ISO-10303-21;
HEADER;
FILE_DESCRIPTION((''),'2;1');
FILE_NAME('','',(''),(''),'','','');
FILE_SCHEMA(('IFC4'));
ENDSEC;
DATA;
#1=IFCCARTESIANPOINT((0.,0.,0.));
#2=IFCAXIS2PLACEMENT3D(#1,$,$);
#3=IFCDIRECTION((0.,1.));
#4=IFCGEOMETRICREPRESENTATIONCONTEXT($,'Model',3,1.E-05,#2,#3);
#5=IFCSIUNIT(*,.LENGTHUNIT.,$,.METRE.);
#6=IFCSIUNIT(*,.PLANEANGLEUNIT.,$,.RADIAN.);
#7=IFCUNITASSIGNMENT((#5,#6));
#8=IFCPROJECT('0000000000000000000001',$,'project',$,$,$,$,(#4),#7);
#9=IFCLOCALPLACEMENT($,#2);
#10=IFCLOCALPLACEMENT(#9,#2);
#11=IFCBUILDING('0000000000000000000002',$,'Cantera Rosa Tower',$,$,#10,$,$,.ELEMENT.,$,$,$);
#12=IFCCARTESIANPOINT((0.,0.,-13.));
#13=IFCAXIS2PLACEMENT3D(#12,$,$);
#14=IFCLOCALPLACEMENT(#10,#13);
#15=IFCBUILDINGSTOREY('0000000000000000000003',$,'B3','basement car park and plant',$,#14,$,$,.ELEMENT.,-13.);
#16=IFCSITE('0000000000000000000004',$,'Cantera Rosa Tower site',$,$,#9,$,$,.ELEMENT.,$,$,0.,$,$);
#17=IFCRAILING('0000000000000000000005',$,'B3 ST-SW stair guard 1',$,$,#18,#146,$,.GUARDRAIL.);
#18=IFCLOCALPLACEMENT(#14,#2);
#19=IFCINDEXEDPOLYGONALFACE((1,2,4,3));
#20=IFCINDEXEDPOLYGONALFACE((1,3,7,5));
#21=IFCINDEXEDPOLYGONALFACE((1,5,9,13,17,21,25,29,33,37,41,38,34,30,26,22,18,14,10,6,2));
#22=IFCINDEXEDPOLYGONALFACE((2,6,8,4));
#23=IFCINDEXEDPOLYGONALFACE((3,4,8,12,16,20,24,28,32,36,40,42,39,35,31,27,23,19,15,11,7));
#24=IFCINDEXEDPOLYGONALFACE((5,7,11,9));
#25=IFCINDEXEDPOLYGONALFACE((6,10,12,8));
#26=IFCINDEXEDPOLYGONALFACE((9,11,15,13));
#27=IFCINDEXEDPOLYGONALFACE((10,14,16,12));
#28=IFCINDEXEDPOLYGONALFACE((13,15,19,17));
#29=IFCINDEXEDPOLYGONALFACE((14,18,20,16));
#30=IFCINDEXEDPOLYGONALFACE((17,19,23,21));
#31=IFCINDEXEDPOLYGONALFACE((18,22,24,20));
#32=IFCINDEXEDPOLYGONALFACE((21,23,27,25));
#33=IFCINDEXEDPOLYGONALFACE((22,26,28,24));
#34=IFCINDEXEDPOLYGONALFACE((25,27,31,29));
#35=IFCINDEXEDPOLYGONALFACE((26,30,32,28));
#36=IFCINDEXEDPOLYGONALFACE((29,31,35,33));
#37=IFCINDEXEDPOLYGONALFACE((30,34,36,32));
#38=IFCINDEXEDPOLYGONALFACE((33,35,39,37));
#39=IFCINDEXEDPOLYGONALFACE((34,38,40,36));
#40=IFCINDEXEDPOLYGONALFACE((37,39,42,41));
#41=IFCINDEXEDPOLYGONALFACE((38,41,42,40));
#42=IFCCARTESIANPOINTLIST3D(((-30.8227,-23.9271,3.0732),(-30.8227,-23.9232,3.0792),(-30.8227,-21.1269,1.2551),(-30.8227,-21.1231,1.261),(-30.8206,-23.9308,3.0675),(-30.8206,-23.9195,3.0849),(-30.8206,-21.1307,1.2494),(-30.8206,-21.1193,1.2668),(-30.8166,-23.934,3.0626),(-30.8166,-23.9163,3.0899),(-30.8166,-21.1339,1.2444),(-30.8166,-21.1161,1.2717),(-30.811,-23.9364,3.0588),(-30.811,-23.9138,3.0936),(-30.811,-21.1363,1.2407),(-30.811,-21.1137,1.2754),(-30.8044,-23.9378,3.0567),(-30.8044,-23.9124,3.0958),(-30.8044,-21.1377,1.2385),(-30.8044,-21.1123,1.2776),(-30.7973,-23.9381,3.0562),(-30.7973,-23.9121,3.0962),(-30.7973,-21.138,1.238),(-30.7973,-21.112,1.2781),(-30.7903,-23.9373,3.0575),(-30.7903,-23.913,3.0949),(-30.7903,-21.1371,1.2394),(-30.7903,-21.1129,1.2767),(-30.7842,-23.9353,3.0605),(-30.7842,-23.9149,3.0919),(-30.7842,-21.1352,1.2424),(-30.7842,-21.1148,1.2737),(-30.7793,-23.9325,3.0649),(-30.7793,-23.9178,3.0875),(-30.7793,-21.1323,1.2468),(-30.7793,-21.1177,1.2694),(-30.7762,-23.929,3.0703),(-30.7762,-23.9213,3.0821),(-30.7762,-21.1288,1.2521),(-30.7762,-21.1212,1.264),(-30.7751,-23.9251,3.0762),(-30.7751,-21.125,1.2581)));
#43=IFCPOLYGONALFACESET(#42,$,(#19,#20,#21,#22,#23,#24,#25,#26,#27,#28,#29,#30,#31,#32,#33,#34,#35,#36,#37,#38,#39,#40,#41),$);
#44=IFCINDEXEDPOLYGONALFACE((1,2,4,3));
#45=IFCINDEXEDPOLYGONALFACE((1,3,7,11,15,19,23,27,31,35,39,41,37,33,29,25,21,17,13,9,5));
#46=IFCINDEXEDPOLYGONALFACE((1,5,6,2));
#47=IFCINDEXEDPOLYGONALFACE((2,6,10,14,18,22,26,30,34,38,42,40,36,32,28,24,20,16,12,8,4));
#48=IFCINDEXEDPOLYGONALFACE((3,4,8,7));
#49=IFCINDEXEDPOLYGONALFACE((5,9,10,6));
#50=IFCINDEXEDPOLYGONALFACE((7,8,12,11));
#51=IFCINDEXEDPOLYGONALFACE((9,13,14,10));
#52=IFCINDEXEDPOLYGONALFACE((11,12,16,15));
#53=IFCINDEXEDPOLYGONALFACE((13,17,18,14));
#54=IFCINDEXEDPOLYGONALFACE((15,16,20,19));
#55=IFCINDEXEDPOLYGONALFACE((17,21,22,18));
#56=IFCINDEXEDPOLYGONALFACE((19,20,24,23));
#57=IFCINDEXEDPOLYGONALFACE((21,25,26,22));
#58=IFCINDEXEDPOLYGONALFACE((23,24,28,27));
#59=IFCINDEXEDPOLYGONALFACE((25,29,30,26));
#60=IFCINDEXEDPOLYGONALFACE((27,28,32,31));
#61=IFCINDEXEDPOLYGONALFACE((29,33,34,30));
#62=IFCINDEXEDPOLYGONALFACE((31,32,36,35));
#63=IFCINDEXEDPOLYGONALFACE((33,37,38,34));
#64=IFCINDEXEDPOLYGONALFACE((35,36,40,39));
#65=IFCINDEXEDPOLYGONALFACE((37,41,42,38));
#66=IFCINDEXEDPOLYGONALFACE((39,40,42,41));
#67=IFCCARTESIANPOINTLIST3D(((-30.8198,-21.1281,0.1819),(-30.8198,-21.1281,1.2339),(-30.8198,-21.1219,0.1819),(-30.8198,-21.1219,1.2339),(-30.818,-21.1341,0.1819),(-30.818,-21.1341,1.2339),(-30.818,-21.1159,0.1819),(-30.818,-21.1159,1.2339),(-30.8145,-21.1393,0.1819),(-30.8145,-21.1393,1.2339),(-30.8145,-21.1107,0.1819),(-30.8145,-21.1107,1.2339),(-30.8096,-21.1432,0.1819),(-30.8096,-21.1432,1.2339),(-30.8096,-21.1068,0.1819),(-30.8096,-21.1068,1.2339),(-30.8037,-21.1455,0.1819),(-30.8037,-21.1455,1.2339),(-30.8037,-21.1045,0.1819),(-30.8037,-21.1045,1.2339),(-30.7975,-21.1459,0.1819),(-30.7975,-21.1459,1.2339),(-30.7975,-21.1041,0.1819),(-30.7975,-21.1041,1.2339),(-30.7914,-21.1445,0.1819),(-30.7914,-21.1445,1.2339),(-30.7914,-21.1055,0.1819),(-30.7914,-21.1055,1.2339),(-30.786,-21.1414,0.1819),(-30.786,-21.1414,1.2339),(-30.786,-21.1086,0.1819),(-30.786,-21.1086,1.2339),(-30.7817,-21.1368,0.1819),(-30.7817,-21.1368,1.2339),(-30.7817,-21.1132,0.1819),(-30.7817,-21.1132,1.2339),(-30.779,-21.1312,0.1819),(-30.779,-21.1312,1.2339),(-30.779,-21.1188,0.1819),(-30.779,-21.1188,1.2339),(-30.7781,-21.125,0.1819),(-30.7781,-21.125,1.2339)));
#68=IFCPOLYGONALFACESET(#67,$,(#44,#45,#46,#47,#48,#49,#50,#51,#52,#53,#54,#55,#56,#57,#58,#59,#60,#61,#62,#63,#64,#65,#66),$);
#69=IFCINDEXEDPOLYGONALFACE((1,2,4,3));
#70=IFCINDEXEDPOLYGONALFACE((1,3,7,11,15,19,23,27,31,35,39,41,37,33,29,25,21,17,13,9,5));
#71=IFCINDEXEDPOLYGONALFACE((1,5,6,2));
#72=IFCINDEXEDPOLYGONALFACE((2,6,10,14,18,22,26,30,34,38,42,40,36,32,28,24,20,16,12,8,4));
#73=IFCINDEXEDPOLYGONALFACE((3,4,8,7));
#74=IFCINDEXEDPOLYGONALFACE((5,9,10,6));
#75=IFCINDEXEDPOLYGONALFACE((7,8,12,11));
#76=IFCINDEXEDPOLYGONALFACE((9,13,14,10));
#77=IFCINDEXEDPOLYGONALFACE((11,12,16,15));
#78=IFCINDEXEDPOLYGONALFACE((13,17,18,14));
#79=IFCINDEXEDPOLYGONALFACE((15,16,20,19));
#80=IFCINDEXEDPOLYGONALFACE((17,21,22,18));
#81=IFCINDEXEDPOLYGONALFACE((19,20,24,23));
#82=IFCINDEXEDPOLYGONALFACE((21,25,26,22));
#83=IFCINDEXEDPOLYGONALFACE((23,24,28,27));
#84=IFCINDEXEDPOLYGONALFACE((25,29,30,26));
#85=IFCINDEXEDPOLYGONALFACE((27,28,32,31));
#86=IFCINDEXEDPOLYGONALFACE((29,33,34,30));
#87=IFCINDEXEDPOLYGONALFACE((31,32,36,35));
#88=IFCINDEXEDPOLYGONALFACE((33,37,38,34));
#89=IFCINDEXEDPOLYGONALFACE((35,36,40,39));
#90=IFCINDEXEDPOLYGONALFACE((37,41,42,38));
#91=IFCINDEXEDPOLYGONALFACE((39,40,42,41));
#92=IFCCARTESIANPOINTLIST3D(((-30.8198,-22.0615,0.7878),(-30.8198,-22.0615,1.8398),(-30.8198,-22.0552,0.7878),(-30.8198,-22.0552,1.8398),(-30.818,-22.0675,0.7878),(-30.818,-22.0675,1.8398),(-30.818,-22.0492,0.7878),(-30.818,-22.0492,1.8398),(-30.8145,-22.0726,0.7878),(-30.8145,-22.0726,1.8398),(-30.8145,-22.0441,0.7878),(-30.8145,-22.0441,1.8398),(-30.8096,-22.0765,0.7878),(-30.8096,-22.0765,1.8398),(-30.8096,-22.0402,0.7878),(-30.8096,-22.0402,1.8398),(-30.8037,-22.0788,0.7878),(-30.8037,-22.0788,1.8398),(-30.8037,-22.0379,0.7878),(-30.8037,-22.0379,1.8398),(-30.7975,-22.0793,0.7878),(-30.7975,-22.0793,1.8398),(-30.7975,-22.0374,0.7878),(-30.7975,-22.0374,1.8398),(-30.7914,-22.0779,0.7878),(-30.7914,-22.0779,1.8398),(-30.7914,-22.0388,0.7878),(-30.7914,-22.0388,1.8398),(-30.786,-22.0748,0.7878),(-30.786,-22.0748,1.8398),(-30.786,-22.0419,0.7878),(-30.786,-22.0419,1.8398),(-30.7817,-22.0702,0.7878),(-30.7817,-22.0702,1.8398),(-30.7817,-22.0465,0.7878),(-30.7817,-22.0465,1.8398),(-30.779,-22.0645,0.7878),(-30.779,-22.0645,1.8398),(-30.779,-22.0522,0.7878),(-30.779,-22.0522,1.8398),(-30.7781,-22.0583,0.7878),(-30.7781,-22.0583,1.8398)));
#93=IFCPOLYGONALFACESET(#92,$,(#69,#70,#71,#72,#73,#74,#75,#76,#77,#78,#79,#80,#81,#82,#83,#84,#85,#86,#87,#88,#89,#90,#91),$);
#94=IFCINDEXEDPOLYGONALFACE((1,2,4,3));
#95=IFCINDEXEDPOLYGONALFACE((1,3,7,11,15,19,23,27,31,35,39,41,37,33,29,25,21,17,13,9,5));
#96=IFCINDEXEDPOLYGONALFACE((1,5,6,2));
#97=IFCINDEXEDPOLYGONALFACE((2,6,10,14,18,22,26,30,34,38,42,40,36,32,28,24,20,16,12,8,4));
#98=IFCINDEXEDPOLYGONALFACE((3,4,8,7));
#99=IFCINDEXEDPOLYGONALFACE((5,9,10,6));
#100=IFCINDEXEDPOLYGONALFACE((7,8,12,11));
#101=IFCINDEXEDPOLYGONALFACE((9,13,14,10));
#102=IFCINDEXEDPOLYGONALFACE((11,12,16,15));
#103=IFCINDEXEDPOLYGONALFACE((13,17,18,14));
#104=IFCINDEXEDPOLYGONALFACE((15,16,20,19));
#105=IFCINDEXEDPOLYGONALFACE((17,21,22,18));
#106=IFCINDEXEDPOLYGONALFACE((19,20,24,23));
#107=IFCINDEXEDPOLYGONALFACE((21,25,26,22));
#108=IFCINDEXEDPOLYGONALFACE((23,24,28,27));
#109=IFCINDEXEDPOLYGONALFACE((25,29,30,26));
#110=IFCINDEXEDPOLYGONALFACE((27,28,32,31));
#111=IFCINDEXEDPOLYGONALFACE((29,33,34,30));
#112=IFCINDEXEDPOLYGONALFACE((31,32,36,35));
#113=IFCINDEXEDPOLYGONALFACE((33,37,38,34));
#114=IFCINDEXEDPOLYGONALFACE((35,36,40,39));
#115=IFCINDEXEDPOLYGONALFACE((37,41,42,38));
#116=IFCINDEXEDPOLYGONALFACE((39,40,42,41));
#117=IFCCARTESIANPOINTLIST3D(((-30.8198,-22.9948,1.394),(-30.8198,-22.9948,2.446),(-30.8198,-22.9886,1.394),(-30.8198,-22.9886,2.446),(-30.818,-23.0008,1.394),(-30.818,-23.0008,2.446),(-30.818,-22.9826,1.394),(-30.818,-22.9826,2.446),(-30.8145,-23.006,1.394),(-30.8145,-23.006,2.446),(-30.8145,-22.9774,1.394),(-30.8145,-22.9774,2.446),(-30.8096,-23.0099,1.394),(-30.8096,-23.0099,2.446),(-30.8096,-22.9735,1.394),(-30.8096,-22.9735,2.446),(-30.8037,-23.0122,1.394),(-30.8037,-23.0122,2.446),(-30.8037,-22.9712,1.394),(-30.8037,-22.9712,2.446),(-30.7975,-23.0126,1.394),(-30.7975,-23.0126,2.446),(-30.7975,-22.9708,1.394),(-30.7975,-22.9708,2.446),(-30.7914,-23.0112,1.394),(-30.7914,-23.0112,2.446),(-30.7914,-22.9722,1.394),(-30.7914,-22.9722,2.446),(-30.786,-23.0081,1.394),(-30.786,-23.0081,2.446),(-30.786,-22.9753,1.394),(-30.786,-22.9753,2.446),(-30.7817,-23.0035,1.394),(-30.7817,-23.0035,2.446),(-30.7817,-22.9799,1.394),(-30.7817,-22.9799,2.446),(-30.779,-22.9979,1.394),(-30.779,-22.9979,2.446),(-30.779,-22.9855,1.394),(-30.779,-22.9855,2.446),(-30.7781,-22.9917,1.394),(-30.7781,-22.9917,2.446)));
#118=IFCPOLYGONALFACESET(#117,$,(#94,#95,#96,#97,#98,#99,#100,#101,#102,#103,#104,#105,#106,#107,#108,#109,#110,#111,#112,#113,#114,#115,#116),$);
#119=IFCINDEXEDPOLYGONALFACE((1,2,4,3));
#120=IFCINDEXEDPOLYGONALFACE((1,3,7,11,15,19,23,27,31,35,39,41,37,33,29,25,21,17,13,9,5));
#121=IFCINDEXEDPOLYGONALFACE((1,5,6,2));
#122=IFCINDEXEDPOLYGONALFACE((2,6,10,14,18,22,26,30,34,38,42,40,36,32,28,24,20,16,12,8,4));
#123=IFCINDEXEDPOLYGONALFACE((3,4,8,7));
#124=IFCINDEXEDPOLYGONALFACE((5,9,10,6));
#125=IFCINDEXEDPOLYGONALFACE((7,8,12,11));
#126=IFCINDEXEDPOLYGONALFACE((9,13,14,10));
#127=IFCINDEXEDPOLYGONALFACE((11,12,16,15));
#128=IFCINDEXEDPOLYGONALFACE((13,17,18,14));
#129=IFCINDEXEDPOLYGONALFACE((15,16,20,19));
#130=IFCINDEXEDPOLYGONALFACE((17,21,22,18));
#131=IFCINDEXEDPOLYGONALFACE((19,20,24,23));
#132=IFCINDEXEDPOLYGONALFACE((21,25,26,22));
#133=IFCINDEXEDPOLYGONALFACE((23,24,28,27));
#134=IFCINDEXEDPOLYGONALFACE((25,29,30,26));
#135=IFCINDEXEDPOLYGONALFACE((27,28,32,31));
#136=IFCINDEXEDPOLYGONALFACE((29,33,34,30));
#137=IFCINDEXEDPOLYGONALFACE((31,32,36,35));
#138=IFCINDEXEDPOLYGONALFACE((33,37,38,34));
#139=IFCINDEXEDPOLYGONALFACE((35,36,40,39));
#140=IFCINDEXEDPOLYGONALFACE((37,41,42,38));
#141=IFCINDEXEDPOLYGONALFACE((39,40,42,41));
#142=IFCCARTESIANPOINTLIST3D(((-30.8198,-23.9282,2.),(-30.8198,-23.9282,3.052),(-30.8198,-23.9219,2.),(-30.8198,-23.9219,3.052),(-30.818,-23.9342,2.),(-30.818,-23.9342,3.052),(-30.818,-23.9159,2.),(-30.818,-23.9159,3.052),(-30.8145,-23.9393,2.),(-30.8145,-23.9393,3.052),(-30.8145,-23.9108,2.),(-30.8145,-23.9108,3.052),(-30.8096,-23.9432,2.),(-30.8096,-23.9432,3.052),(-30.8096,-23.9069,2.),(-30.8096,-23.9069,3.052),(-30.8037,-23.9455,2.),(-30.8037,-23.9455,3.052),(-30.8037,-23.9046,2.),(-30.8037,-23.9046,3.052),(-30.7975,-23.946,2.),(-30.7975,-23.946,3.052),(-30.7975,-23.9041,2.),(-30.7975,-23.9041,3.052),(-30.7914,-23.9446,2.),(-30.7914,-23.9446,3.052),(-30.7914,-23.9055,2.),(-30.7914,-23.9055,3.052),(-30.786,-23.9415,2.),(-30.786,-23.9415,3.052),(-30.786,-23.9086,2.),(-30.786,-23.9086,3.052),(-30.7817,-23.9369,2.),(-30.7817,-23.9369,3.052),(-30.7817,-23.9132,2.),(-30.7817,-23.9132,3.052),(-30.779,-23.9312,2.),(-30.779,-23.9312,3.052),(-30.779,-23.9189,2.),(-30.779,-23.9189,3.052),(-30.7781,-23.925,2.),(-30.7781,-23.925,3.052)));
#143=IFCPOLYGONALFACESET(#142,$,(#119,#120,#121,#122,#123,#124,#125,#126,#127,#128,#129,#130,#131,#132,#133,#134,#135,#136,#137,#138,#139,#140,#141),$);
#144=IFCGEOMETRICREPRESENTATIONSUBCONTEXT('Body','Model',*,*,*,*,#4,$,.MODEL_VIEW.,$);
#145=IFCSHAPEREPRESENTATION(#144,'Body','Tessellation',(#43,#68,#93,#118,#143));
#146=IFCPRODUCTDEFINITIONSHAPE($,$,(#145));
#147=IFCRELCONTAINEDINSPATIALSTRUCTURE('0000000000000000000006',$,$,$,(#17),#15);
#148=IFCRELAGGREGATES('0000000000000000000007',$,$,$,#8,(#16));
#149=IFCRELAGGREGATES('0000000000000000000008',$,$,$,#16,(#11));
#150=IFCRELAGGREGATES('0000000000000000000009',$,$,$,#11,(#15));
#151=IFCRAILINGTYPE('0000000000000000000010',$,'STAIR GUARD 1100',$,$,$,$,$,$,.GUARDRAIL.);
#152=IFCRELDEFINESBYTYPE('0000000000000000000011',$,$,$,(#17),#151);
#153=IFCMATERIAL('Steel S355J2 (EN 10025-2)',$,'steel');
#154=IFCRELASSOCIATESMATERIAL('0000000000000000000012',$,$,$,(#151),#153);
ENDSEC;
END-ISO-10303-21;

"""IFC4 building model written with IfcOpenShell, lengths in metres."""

from ifc_helpers import new_model, si_unit, direction, frame, origin, origin_2d, place, context, subcontext, project, spatial, circle, extrude, material, type_object, element, save


model = new_model("IFC4")

# Units and contexts
model_context = context("Model", 3, precision=1e-05, world=origin(), true_north=direction((0.0, 1.0)))
body_context = subcontext(model_context, "Body", "Model", "MODEL_VIEW")
ifc_project = project(units=[si_unit("LENGTHUNIT", "METRE"), si_unit("PLANEANGLEUNIT", "RADIAN")], contexts=[model_context])

# Site, building, storey
site_placement = place(None, origin())
site = spatial("IfcSite", under=ifc_project, at=site_placement, Name="Cantera Rosa Tower site", CompositionType="ELEMENT", RefElevation=0.0)
building_placement = place(site_placement, origin())
building = spatial("IfcBuilding", under=site, at=building_placement, Name="Cantera Rosa Tower", CompositionType="ELEMENT")
storey_placement = place(building_placement, frame((0.0, 0.0, -13.0)))
storey = spatial("IfcBuildingStorey", under=building, at=storey_placement, Name="B3", Description="basement car park and plant", CompositionType="ELEMENT", Elevation=-13.0)

# Railing
ifc_material_1 = material(Name="Steel S355J2 (EN 10025-2)", Category="steel")
railing_type_1 = type_object("IfcRailingType", Name="STAIR GUARD 1100", PredefinedType="GUARDRAIL", material=ifc_material_1)
railing_1_placement = place(storey_placement, frame((-30.7991, -21.125, 0.1819)))
element("IfcRailing", 1, at=railing_1_placement, inside=storey, type_object=railing_type_1, Name="B3 ST-SW stair guard 1", PredefinedType="GUARDRAIL", context=body_context, shape_type="SweptSolid", body=[
    extrude(circle(Radius=0.0239, at=origin_2d()), frame((0.0, 0.0, 1.0762), z_axis=(0.0, -0.838706, 0.544585), x_axis=(1.0, 0.0, 0.0)), (0.0, 0.0, 1.0), 3.3386),
    extrude(circle(Radius=0.021, at=origin_2d()), origin(), (0.0, 0.0, 1.0), 1.052),
    extrude(circle(Radius=0.021, at=origin_2d()), frame((0.0, -0.9333, 0.606)), (0.0, 0.0, 1.0), 1.052),
    extrude(circle(Radius=0.021, at=origin_2d()), frame((0.0, -1.8667, 1.2122)), (0.0, 0.0, 1.0), 1.052),
    extrude(circle(Radius=0.021, at=origin_2d()), frame((0.0, -2.8, 1.8181)), (0.0, 0.0, 1.0), 1.052),
])

save(model, "model.ifc")
